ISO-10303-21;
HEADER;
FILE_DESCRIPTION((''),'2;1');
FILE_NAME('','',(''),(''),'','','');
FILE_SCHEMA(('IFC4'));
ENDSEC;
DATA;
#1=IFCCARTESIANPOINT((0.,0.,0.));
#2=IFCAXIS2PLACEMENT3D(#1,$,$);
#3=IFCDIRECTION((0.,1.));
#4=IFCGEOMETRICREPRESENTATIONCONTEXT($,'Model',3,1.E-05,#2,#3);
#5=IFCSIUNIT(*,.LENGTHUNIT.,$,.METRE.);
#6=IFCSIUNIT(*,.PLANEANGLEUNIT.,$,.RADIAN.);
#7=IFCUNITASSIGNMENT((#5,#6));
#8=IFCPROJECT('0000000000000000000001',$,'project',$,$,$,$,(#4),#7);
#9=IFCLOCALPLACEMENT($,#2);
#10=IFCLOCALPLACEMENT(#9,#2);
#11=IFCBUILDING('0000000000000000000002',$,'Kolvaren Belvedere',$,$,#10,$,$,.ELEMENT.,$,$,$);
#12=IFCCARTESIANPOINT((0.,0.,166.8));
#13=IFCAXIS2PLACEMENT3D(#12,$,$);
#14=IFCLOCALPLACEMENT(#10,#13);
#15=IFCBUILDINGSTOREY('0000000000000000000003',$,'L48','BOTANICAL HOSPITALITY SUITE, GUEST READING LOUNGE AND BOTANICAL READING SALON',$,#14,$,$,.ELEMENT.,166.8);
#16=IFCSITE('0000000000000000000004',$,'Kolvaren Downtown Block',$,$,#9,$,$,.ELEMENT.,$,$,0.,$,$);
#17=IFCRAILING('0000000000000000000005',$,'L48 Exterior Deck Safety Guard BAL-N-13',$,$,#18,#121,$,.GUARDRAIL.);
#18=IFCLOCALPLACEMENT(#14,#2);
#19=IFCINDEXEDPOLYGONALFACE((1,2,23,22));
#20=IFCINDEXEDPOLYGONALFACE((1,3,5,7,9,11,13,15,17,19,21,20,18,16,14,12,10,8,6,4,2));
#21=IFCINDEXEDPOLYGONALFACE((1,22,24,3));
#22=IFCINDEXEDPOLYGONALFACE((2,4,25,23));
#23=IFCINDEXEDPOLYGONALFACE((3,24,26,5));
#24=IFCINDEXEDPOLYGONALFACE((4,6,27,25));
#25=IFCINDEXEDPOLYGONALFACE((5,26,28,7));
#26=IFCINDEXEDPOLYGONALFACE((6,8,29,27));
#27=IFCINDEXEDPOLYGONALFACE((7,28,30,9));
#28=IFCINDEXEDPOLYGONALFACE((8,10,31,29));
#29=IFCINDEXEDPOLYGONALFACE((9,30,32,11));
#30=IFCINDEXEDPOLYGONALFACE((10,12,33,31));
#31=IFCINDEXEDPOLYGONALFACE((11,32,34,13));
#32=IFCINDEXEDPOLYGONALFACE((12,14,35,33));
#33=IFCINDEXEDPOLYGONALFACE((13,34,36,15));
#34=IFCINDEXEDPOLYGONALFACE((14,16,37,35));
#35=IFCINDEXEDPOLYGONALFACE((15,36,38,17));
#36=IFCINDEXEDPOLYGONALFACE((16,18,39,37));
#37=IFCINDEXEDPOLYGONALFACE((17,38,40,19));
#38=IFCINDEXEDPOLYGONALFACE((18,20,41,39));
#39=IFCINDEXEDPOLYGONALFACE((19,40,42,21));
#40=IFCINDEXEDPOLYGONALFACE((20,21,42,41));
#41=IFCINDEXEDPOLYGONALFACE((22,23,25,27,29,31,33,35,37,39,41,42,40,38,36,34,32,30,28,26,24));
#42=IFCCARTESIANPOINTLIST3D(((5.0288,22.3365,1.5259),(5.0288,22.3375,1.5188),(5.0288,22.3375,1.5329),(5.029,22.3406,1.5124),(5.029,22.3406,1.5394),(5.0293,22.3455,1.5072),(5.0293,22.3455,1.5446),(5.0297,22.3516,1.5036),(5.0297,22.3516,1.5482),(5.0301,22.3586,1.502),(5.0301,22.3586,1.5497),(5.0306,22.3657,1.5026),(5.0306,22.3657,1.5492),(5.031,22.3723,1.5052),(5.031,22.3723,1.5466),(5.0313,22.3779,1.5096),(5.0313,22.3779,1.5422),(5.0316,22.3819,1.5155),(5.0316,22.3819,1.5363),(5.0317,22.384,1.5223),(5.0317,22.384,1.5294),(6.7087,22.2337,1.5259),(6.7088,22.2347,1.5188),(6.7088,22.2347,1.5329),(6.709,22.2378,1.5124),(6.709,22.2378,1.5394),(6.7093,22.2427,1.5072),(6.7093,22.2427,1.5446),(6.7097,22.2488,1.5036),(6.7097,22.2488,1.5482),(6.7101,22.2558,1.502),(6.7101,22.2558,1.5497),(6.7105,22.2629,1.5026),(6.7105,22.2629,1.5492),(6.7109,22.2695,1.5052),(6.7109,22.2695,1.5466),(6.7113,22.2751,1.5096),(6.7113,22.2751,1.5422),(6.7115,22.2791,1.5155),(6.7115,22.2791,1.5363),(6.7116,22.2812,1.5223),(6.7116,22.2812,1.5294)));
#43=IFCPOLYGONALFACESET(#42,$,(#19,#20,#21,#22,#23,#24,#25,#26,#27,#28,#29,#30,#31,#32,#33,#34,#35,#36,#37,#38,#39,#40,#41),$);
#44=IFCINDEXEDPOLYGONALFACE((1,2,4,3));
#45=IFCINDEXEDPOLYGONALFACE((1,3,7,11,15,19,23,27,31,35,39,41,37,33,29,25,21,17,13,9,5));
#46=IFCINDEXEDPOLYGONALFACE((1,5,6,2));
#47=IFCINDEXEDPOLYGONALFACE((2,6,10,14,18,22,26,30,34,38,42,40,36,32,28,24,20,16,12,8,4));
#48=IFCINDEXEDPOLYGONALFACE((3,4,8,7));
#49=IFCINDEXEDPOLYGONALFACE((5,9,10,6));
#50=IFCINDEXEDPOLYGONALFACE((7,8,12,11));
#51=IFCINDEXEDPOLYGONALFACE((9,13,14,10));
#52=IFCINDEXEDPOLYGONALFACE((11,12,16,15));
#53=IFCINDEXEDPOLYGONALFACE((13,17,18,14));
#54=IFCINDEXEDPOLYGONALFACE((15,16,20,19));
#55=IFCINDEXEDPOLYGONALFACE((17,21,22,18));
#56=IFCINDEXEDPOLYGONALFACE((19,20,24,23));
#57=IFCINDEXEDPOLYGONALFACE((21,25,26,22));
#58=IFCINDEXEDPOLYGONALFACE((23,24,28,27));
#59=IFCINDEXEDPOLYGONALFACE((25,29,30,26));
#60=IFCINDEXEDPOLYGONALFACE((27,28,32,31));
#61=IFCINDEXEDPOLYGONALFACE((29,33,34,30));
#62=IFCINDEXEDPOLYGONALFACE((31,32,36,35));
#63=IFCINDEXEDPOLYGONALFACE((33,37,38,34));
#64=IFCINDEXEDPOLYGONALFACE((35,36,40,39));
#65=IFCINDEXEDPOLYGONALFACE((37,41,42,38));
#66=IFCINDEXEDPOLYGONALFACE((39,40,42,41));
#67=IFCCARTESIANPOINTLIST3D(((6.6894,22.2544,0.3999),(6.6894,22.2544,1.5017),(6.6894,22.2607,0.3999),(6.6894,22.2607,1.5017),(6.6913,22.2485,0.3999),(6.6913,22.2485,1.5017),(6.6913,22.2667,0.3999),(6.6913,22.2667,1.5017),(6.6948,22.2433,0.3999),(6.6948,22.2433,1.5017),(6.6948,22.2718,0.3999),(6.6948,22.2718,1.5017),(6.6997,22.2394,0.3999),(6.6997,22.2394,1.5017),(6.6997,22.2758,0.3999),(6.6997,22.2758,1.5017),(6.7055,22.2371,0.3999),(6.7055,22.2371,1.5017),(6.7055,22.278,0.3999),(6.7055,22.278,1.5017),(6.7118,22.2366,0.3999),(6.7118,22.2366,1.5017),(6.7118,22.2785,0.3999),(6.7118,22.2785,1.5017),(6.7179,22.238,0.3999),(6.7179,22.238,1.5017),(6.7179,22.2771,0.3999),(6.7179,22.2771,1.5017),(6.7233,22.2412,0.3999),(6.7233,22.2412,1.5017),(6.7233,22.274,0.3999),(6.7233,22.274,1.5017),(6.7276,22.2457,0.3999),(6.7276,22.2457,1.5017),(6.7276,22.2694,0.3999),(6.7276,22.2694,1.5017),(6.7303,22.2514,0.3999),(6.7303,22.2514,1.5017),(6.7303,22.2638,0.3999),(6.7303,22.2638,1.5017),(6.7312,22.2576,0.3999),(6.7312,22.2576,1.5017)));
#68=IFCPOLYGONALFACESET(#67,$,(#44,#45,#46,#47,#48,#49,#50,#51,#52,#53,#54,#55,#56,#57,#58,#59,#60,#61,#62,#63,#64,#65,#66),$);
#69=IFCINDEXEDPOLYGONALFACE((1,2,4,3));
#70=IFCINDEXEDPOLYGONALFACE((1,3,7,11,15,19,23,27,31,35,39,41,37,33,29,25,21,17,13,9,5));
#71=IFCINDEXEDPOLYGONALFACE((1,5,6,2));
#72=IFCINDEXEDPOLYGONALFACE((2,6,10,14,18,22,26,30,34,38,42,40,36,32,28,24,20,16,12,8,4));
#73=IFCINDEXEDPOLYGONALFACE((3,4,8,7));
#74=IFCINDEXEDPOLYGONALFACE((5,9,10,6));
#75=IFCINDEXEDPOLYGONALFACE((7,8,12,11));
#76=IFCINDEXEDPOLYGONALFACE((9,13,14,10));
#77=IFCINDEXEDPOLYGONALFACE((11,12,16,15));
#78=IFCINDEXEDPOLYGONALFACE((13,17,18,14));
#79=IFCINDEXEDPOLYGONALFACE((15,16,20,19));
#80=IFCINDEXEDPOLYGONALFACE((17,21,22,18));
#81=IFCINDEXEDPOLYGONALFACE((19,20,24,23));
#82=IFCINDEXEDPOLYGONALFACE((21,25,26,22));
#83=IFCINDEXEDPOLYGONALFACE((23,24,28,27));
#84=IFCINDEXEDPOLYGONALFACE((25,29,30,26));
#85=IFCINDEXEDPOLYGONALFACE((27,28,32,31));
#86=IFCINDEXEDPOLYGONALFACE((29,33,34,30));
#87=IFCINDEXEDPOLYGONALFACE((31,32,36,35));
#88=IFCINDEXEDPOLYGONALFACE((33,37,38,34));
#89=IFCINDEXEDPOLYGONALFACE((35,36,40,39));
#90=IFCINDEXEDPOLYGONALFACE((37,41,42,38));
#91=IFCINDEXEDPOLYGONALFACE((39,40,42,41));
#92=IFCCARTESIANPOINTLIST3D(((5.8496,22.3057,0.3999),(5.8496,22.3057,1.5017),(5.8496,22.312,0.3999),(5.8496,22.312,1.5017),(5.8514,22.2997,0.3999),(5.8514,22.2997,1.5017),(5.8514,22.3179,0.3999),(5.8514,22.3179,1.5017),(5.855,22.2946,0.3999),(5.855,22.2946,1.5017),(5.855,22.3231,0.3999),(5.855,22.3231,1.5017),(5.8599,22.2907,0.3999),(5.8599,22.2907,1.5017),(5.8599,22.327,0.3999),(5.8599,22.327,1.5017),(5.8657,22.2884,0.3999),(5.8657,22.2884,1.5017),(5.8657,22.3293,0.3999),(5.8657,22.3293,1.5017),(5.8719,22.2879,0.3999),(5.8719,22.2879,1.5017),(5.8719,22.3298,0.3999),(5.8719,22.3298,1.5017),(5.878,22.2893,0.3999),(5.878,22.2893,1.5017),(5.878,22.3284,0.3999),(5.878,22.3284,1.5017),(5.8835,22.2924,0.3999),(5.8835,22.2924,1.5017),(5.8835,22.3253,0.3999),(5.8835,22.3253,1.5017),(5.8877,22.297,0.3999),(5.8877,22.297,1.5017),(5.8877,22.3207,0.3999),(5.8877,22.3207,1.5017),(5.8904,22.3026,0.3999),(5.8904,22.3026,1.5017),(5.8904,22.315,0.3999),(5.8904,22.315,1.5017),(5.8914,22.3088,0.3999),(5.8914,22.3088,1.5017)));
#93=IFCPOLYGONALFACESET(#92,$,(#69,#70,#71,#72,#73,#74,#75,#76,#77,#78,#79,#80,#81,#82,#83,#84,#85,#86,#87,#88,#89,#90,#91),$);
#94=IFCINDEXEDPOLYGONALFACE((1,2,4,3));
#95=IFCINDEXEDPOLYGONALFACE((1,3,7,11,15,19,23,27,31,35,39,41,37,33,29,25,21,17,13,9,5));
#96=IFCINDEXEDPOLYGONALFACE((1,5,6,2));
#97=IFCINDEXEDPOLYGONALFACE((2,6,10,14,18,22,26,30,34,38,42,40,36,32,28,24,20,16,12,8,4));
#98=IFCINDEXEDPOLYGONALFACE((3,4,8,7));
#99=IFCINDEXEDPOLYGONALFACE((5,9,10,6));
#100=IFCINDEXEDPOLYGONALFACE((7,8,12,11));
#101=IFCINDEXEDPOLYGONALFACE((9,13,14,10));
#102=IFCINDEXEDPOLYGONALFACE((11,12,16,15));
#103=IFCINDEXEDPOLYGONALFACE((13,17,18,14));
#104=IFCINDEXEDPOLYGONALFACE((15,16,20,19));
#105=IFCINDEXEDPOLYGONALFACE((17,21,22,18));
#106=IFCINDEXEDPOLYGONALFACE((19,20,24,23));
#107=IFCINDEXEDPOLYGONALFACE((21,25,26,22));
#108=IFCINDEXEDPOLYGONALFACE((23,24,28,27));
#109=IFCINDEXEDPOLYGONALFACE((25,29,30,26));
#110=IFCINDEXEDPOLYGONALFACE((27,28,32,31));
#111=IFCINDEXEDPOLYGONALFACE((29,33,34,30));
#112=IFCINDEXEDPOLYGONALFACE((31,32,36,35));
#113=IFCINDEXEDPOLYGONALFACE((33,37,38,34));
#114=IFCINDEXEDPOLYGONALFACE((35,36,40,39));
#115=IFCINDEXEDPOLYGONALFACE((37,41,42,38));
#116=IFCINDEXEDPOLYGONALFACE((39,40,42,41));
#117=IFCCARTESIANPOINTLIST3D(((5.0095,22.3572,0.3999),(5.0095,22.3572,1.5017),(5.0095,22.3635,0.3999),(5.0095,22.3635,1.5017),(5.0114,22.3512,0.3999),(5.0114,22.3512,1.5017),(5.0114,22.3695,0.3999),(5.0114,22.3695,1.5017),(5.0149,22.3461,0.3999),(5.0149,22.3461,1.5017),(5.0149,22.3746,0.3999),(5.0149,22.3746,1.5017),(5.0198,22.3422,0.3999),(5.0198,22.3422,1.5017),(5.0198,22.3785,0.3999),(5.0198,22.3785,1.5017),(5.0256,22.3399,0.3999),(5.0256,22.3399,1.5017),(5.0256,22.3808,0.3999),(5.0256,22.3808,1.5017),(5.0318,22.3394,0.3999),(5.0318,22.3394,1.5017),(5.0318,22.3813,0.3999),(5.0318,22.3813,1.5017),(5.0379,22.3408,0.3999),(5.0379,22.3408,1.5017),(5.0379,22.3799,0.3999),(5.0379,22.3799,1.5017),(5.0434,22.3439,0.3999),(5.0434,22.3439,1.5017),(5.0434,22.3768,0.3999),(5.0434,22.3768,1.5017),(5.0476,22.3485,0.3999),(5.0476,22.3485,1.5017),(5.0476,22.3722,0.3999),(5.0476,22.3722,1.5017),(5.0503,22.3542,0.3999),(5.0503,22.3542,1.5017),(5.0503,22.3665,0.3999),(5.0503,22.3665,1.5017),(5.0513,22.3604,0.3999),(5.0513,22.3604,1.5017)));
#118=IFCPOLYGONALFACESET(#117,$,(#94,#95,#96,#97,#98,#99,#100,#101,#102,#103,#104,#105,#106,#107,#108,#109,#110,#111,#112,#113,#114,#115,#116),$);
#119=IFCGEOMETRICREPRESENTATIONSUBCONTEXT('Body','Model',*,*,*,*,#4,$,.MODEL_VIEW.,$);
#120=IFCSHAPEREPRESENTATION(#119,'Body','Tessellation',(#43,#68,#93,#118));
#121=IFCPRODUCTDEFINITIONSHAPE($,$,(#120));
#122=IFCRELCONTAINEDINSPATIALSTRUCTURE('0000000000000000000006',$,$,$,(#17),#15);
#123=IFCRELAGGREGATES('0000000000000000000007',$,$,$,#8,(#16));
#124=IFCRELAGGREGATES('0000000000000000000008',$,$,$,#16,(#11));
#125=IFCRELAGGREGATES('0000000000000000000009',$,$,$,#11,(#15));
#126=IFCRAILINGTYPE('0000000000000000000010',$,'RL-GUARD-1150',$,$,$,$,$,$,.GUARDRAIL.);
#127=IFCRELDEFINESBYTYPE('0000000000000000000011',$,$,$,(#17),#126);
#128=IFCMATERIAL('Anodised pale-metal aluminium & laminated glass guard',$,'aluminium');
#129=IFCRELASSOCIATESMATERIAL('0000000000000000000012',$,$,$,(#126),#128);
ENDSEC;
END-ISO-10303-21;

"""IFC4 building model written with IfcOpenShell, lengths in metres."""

from ifc_helpers import new_model, si_unit, direction, frame, origin, origin_2d, place, context, subcontext, project, spatial, circle, extrude, material, type_object, element, save


model = new_model("IFC4")

# Units and contexts
model_context = context("Model", 3, precision=1e-05, world=origin(), true_north=direction((0.0, 1.0)))
body_context = subcontext(model_context, "Body", "Model", "MODEL_VIEW")
ifc_project = project(units=[si_unit("LENGTHUNIT", "METRE"), si_unit("PLANEANGLEUNIT", "RADIAN")], contexts=[model_context])

# Site, building, storey
site_placement = place(None, origin())
site = spatial("IfcSite", under=ifc_project, at=site_placement, Name="Kolvaren Downtown Block", CompositionType="ELEMENT", RefElevation=0.0)
building_placement = place(site_placement, origin())
building = spatial("IfcBuilding", under=site, at=building_placement, Name="Kolvaren Belvedere", CompositionType="ELEMENT")
storey_placement = place(building_placement, frame((0.0, 0.0, 166.8)))
storey = spatial("IfcBuildingStorey", under=building, at=storey_placement, Name="L48", Description="BOTANICAL HOSPITALITY SUITE, GUEST READING LOUNGE AND BOTANICAL READING SALON", CompositionType="ELEMENT", Elevation=166.8)

# Railing
ifc_material_1 = material(Name="Anodised pale-metal aluminium & laminated glass guard", Category="aluminium")
railing_type = type_object("IfcRailingType", Name="RL-GUARD-1150", PredefinedType="GUARDRAIL", material=ifc_material_1)
railing_1_placement = place(storey_placement, frame((6.7102, 22.2576, 0.3999)))
element("IfcRailing", 1, at=railing_1_placement, inside=storey, type_object=railing_type, Name="L48 Exterior Deck Safety Guard BAL-N-13", PredefinedType="GUARDRAIL", context=body_context, shape_type="SweptSolid", body=[
    extrude(circle(Radius=0.0239, at=origin_2d()), frame((0.0, 0.0, 1.126), z_axis=(-0.998134, 0.061069, 0.0), x_axis=(-0.061069, -0.998134, 0.0)), (0.0, 0.0, 1.0), 1.6831),
    extrude(circle(Radius=0.021, at=origin_2d()), origin(), (0.0, 0.0, 1.0), 1.1018),
    extrude(circle(Radius=0.021, at=origin_2d()), frame((-0.8398, 0.0513, 0.0)), (0.0, 0.0, 1.0), 1.1018),
    extrude(circle(Radius=0.021, at=origin_2d()), frame((-1.6799, 0.1028, 0.0)), (0.0, 0.0, 1.0), 1.1018),
])

save(model, "model.ifc")
